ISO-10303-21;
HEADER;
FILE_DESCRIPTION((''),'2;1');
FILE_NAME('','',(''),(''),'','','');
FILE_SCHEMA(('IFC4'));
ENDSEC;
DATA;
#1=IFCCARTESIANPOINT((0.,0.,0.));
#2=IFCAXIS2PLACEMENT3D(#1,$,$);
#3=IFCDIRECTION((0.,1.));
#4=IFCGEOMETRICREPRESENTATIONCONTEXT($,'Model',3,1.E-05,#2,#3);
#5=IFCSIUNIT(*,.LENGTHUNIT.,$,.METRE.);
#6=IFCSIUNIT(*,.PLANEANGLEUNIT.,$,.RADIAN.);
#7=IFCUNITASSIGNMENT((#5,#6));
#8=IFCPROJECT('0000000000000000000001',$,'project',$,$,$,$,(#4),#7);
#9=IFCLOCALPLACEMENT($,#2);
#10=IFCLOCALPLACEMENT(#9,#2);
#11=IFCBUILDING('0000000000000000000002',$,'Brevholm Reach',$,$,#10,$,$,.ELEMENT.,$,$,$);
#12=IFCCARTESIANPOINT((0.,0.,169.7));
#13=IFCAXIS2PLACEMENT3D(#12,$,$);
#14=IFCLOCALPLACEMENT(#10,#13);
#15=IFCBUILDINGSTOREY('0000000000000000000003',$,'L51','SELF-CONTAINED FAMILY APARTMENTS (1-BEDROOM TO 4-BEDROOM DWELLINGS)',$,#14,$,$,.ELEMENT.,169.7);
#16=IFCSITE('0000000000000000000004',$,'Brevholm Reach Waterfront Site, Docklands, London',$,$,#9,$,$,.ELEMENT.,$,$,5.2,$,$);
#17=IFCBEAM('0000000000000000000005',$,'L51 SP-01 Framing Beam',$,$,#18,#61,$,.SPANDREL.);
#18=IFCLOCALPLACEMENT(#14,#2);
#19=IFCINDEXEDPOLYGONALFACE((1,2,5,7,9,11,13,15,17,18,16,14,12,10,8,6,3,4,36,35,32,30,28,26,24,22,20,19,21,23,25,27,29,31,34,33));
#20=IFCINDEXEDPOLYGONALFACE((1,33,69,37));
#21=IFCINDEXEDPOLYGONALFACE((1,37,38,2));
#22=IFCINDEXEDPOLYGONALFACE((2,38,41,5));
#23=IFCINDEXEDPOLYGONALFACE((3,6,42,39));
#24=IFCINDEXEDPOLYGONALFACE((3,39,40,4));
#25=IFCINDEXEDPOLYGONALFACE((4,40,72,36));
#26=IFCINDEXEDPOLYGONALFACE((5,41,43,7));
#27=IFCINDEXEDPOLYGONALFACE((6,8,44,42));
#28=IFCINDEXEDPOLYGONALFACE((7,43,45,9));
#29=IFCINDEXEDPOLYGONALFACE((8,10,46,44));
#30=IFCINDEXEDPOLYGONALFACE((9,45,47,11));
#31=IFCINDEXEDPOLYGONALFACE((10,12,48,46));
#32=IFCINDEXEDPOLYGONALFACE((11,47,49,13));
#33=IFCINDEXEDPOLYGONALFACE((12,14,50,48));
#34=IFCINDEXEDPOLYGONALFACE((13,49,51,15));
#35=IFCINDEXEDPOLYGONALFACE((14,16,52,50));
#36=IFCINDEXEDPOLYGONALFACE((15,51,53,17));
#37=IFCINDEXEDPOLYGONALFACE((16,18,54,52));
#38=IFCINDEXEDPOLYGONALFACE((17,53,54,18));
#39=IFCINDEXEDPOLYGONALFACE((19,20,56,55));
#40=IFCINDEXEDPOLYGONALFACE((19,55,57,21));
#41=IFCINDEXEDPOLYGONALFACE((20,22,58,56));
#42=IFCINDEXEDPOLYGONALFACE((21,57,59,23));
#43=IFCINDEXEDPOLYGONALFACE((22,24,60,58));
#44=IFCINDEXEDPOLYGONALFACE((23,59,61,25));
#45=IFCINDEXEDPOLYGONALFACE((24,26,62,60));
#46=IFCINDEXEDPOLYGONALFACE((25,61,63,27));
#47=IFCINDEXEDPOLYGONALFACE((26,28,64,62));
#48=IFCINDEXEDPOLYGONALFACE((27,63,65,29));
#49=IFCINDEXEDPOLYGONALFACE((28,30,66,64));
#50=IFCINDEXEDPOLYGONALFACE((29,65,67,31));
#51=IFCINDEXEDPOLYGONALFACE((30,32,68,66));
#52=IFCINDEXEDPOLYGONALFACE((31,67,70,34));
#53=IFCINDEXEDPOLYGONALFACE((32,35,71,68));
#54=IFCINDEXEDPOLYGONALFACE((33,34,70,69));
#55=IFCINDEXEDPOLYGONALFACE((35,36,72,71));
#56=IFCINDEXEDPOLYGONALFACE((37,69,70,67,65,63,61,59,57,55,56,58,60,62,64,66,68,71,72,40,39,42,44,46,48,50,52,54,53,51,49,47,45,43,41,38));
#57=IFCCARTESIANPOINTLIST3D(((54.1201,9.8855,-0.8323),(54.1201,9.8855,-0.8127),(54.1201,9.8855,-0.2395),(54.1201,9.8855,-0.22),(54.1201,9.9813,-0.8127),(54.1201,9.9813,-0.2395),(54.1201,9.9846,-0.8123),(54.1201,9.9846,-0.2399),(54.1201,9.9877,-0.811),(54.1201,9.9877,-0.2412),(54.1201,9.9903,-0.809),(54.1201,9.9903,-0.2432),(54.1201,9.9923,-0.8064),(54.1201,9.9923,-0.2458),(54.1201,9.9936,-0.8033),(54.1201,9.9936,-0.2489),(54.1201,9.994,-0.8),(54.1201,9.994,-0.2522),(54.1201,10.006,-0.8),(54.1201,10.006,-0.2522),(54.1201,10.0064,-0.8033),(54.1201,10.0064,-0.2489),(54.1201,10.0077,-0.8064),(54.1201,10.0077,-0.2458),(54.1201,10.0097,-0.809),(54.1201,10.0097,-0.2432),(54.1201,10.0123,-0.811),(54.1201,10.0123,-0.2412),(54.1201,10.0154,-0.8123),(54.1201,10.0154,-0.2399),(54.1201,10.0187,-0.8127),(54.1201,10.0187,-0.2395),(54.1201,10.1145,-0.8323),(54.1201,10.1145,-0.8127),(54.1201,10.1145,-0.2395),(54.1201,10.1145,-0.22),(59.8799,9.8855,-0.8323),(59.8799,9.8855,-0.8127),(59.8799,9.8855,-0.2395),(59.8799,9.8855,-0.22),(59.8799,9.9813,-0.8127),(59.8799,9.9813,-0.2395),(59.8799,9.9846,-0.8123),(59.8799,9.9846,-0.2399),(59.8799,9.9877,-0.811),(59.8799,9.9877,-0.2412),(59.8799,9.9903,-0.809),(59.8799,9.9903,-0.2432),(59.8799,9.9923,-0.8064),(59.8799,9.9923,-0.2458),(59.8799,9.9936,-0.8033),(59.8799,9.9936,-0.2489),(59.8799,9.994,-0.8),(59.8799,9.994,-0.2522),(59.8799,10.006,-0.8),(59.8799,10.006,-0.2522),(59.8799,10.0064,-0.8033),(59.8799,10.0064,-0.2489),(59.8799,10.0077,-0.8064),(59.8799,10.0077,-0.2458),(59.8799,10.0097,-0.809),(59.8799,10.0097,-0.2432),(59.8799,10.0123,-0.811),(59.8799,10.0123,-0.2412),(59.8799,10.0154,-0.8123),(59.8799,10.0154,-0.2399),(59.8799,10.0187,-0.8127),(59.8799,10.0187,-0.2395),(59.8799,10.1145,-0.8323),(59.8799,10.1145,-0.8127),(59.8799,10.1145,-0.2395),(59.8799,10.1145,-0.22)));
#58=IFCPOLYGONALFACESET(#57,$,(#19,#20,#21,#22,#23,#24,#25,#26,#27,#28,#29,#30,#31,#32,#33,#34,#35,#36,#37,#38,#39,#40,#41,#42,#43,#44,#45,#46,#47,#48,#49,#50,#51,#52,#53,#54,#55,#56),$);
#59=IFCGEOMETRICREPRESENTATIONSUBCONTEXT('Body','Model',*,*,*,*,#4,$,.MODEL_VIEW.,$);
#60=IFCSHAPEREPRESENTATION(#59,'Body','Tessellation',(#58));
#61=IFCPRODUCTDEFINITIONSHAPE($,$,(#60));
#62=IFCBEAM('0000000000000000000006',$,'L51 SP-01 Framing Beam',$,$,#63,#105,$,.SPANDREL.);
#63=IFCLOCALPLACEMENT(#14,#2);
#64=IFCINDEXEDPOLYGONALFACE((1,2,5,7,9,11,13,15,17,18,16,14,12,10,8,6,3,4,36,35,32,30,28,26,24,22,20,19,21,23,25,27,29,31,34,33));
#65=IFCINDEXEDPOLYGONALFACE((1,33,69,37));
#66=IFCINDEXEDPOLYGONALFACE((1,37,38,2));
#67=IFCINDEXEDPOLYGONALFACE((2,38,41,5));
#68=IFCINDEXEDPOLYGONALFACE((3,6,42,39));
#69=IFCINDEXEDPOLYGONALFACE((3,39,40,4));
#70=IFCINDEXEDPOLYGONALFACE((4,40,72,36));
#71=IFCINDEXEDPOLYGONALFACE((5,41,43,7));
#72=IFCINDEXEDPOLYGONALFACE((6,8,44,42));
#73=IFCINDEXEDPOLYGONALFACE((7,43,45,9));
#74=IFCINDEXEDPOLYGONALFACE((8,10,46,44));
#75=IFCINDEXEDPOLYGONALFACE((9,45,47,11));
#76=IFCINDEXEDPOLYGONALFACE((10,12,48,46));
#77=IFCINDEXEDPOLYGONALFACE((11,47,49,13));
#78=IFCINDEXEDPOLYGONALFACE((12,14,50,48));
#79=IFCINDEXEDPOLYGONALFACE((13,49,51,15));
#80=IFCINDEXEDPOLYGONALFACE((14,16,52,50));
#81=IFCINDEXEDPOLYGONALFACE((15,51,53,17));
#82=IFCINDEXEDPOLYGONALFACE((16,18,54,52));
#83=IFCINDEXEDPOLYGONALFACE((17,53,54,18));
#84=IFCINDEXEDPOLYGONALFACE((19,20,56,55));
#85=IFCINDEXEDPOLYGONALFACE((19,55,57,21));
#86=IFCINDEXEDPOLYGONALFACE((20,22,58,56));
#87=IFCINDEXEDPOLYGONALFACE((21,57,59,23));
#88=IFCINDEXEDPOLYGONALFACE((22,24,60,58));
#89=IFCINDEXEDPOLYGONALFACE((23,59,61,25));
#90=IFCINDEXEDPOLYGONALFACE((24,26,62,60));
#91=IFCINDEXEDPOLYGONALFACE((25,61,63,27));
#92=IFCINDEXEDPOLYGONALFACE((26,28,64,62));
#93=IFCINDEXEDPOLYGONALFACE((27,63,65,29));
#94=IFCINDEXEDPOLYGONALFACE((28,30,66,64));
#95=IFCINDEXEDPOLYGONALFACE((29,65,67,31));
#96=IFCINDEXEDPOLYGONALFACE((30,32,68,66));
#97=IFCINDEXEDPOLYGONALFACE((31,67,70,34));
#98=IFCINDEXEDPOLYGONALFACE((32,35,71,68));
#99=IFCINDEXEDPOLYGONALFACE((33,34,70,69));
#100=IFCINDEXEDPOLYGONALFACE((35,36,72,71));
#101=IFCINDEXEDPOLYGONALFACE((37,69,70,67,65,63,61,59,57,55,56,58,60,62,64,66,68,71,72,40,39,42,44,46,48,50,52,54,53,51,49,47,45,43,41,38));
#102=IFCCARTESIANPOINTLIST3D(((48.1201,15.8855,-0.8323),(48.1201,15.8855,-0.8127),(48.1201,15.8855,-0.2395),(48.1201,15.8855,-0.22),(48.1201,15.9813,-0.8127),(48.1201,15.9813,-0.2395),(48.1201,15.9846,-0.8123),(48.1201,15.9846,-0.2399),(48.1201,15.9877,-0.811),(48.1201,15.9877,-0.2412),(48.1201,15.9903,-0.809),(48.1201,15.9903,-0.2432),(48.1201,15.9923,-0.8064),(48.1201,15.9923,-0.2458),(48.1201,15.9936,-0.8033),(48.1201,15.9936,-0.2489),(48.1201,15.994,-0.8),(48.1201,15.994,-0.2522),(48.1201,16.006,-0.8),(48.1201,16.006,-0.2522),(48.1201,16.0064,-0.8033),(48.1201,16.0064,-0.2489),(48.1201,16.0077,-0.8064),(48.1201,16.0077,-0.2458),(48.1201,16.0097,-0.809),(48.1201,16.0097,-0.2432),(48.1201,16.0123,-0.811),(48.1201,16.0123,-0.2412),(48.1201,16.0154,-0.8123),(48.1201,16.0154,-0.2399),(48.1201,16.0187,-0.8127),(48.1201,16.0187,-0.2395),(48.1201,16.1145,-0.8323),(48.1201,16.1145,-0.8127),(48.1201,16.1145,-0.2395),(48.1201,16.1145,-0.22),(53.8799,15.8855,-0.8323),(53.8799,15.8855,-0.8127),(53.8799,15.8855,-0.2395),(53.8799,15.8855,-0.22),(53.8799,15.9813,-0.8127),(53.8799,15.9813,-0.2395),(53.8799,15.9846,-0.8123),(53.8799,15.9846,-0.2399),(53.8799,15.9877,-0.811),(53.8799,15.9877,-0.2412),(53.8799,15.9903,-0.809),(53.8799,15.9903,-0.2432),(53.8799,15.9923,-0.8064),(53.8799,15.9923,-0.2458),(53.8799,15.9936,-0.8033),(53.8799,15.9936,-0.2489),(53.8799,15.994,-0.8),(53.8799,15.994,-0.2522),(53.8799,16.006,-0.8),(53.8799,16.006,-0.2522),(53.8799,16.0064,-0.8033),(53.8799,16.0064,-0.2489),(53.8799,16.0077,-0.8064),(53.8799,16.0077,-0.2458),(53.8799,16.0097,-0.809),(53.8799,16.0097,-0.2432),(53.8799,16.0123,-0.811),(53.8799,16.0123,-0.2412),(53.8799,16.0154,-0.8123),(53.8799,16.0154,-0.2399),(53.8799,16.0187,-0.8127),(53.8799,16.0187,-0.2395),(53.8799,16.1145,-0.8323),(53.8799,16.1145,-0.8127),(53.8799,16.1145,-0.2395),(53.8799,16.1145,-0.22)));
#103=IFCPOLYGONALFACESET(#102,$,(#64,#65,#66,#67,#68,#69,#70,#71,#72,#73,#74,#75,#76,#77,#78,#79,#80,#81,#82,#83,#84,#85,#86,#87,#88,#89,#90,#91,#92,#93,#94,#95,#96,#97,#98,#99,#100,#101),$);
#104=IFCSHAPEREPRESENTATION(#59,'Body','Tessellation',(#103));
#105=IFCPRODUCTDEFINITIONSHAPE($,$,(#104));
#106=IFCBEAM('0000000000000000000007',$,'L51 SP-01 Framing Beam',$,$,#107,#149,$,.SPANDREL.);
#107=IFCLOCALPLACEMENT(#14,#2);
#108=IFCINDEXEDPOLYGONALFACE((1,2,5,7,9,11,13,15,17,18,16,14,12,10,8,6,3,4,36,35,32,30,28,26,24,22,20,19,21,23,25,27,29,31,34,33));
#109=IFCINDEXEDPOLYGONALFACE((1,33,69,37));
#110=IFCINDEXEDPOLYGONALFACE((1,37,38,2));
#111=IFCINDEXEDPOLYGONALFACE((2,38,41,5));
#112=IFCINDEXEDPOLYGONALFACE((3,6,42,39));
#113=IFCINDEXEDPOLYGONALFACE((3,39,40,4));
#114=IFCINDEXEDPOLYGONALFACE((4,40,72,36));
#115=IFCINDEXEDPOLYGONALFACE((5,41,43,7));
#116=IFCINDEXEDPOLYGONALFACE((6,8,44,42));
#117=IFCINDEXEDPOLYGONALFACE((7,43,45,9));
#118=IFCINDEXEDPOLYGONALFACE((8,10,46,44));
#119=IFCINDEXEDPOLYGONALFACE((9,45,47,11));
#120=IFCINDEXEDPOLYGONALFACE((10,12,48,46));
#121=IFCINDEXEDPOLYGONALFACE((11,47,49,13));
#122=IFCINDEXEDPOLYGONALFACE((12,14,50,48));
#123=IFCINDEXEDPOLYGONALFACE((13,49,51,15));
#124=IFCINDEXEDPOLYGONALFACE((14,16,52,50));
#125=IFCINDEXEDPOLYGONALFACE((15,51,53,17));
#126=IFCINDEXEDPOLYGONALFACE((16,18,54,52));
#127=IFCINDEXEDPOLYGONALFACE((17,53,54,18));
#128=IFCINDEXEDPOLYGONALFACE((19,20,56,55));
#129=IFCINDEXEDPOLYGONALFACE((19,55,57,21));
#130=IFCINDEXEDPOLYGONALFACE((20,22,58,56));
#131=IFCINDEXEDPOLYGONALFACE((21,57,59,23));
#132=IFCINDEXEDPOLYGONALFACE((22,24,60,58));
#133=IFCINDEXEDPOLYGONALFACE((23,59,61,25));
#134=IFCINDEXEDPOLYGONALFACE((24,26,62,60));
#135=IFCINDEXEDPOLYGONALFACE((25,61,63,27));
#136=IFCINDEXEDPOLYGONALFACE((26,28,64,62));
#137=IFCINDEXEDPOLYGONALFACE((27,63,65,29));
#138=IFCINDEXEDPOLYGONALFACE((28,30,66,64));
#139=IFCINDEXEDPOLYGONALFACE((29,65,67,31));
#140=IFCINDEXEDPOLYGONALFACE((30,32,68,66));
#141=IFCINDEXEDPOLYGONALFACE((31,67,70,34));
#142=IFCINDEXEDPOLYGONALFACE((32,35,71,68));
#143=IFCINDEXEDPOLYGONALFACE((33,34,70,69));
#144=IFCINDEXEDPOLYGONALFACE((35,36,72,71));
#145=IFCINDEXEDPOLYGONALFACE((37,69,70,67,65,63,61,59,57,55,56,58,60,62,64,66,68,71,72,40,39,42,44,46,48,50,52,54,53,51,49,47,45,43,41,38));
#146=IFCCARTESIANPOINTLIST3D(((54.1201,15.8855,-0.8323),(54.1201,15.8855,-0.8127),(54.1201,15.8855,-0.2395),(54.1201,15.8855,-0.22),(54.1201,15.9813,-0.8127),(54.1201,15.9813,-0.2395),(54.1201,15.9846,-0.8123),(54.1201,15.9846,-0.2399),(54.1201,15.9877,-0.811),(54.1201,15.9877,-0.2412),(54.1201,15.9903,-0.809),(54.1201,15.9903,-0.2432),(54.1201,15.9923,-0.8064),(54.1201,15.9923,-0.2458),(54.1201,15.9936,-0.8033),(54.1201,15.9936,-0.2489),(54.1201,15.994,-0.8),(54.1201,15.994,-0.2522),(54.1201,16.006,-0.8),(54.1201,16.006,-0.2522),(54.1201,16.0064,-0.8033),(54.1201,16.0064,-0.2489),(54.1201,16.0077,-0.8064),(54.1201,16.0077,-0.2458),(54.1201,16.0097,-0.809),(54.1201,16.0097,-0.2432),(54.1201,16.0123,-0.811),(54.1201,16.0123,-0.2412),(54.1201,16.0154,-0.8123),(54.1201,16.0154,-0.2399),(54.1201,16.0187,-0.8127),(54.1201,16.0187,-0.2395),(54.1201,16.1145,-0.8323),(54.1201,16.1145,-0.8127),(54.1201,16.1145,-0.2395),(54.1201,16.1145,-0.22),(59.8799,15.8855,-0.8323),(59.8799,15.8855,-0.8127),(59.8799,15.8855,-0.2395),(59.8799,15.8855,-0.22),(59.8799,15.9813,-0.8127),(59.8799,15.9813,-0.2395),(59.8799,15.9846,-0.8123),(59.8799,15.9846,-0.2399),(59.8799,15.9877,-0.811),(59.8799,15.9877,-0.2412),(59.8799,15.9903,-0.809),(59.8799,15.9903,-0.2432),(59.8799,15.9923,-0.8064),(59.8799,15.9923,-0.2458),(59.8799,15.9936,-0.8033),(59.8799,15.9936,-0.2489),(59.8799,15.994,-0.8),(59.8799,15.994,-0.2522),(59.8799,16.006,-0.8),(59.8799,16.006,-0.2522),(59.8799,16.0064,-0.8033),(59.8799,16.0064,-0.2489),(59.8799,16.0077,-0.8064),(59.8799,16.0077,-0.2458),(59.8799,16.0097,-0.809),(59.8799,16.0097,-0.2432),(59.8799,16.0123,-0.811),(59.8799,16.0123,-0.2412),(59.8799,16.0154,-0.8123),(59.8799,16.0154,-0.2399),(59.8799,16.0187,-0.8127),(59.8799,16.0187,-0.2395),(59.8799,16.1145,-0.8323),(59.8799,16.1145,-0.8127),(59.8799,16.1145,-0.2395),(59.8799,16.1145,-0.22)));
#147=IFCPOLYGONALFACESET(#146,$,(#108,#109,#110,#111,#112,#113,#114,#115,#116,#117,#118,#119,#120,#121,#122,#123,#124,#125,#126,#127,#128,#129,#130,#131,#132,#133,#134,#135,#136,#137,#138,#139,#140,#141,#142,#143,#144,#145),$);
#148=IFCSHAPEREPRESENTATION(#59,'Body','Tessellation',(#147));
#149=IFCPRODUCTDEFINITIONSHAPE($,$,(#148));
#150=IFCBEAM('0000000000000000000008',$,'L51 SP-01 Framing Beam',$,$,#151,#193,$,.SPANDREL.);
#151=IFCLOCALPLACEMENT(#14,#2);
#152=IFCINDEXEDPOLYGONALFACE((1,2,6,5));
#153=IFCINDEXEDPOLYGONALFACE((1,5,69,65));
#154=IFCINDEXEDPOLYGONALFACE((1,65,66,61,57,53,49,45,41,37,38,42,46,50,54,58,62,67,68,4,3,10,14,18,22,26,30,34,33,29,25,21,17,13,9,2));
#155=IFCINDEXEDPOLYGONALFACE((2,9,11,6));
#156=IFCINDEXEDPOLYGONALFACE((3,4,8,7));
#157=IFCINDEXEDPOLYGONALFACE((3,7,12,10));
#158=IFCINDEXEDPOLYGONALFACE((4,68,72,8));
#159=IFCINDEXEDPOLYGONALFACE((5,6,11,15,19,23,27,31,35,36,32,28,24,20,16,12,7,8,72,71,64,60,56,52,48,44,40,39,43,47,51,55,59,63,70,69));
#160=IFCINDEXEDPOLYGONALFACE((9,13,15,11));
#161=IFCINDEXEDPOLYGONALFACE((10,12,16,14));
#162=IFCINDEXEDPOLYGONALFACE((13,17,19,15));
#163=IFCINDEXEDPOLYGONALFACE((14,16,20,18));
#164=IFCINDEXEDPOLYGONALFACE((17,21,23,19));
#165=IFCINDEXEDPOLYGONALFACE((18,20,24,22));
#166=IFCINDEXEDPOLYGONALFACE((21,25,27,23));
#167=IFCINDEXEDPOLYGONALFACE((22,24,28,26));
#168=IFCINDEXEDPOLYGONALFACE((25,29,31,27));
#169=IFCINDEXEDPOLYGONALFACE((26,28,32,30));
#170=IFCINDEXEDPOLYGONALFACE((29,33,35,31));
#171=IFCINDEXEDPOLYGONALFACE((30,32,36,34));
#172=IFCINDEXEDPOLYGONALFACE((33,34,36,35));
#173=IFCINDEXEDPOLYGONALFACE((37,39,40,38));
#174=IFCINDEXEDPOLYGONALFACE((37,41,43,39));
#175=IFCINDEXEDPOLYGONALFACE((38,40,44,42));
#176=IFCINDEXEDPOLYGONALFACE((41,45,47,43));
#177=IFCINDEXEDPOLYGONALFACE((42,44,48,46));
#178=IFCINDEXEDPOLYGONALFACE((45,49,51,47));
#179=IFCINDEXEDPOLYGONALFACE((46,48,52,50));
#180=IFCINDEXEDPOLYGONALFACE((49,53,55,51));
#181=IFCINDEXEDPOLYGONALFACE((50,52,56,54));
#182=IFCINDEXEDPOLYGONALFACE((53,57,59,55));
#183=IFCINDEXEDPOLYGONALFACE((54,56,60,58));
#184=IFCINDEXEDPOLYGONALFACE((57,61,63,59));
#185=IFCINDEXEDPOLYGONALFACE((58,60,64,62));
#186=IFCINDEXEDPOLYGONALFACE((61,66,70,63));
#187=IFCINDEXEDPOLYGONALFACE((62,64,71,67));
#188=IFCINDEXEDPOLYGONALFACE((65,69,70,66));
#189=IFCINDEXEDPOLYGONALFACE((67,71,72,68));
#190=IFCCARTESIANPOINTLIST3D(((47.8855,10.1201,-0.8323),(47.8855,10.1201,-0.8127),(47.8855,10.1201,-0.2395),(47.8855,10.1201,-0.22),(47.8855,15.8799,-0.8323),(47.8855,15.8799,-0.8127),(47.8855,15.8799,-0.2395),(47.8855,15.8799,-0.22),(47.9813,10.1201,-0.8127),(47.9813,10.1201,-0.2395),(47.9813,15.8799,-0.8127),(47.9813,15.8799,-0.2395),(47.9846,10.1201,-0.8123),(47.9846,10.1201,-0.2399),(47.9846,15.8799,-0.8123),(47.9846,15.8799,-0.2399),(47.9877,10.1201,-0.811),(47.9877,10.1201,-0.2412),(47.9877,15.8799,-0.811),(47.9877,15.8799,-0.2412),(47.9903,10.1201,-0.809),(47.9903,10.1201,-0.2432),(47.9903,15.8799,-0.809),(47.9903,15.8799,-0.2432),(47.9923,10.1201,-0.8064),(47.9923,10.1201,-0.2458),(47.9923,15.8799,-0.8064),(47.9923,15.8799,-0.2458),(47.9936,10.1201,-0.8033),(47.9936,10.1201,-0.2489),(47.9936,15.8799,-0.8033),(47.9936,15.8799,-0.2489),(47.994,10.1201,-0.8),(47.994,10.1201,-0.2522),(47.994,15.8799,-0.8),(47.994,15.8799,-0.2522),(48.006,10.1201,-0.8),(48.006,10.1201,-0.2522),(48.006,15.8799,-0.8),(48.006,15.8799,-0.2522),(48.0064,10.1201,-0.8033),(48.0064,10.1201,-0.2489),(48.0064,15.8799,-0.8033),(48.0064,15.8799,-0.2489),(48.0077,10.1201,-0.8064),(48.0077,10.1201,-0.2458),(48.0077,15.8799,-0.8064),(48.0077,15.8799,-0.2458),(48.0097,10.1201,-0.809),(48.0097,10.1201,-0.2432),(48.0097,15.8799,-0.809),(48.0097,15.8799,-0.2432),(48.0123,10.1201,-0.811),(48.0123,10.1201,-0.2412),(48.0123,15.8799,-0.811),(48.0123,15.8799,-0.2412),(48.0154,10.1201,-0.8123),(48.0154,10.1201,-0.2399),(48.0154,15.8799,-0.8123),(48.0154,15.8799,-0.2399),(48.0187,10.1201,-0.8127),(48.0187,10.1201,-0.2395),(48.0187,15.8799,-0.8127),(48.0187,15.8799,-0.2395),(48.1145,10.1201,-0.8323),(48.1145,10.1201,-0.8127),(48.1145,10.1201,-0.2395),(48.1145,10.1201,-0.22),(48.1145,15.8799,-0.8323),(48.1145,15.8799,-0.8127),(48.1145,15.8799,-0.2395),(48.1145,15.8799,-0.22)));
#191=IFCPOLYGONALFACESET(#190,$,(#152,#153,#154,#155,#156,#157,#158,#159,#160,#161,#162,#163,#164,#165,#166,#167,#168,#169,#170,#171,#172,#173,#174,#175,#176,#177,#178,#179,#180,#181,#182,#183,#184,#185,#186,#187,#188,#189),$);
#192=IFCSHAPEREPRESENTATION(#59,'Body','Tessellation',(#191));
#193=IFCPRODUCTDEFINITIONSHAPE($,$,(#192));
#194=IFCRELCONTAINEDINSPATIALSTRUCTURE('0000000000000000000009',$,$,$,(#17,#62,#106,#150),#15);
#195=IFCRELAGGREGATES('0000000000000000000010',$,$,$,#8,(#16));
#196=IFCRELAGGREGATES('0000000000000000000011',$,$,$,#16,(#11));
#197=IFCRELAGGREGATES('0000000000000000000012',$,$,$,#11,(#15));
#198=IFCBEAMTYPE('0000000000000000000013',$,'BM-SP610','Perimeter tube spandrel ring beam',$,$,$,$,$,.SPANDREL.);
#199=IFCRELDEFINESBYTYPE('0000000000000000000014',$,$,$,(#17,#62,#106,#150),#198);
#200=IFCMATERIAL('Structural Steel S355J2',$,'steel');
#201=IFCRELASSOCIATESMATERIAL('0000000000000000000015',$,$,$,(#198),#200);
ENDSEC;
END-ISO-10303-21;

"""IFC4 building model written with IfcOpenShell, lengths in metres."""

from ifc_helpers import new_model, si_unit, direction, frame, origin, origin_2d, place, context, subcontext, project, spatial, i_section, extrude, material, material_profile, profile_set, type_object, element, save


model = new_model("IFC4")

# Units and contexts
model_context = context("Model", 3, precision=1e-05, world=origin(), true_north=direction((0.0, 1.0)))
body_context = subcontext(model_context, "Body", "Model", "MODEL_VIEW")
ifc_project = project(units=[si_unit("LENGTHUNIT", "METRE"), si_unit("PLANEANGLEUNIT", "RADIAN")], contexts=[model_context])

# Site, building, storey
site_placement = place(None, origin())
site = spatial("IfcSite", under=ifc_project, at=site_placement, Name="Brevholm Reach Waterfront Site, Docklands, London", CompositionType="ELEMENT", RefElevation=5.2)
building_placement = place(site_placement, origin())
building = spatial("IfcBuilding", under=site, at=building_placement, Name="Brevholm Reach", CompositionType="ELEMENT")
storey_placement = place(building_placement, frame((0.0, 0.0, 169.7)))
storey = spatial("IfcBuildingStorey", under=building, at=storey_placement, Name="L51", Description="SELF-CONTAINED FAMILY APARTMENTS (1-BEDROOM TO 4-BEDROOM DWELLINGS)", CompositionType="ELEMENT", Elevation=169.7)

# Beams
ifc_material_1 = material(Name="Structural Steel S355J2", Category="steel")
ifc_material_profile_1 = material_profile(ifc_material_1, i_section(OverallWidth=0.229, OverallDepth=0.6123, WebThickness=0.012, FlangeThickness=0.0195, FilletRadius=0.0127, at=origin_2d()), Name="UKB 610x229x125")
ifc_profile_set_1 = profile_set([ifc_material_profile_1], Name="Structural Steel S355J2")
beam_type_1 = type_object("IfcBeamType", Name="BM-SP610", Description="Perimeter tube spandrel ring beam", PredefinedType="SPANDREL", material=ifc_profile_set_1)
for number, where, z_axis, x_axis, name in (
    (1, (54.1201, 10.0, -0.5261), (1.0, 0.0, 0.0), (0.0, 1.0, 0.0), "L51 SP-01 Framing Beam"),
    (2, (48.1201, 16.0, -0.5261), (1.0, 0.0, 0.0), (0.0, 1.0, 0.0), "L51 SP-01 Framing Beam"),
    (3, (54.1201, 16.0, -0.5261), (1.0, 0.0, 0.0), (0.0, 1.0, 0.0), "L51 SP-01 Framing Beam"),
    (4, (48.0, 10.1201, -0.5261), (0.0, 1.0, 0.0), (-1.0, 0.0, 0.0), "L51 SP-01 Framing Beam"),
):
    element("IfcBeam", number, at=place(storey_placement, frame(where, z_axis=z_axis, x_axis=x_axis)), inside=storey, type_object=beam_type_1, Name=name, PredefinedType="SPANDREL", context=body_context, shape_type="SweptSolid", body=[
        extrude(i_section(OverallWidth=0.229, OverallDepth=0.6123, WebThickness=0.012, FlangeThickness=0.0195, FilletRadius=0.0127, at=origin_2d()), origin(), (0.0, 0.0, 1.0), 5.7598),
    ])

save(model, "model.ifc")
